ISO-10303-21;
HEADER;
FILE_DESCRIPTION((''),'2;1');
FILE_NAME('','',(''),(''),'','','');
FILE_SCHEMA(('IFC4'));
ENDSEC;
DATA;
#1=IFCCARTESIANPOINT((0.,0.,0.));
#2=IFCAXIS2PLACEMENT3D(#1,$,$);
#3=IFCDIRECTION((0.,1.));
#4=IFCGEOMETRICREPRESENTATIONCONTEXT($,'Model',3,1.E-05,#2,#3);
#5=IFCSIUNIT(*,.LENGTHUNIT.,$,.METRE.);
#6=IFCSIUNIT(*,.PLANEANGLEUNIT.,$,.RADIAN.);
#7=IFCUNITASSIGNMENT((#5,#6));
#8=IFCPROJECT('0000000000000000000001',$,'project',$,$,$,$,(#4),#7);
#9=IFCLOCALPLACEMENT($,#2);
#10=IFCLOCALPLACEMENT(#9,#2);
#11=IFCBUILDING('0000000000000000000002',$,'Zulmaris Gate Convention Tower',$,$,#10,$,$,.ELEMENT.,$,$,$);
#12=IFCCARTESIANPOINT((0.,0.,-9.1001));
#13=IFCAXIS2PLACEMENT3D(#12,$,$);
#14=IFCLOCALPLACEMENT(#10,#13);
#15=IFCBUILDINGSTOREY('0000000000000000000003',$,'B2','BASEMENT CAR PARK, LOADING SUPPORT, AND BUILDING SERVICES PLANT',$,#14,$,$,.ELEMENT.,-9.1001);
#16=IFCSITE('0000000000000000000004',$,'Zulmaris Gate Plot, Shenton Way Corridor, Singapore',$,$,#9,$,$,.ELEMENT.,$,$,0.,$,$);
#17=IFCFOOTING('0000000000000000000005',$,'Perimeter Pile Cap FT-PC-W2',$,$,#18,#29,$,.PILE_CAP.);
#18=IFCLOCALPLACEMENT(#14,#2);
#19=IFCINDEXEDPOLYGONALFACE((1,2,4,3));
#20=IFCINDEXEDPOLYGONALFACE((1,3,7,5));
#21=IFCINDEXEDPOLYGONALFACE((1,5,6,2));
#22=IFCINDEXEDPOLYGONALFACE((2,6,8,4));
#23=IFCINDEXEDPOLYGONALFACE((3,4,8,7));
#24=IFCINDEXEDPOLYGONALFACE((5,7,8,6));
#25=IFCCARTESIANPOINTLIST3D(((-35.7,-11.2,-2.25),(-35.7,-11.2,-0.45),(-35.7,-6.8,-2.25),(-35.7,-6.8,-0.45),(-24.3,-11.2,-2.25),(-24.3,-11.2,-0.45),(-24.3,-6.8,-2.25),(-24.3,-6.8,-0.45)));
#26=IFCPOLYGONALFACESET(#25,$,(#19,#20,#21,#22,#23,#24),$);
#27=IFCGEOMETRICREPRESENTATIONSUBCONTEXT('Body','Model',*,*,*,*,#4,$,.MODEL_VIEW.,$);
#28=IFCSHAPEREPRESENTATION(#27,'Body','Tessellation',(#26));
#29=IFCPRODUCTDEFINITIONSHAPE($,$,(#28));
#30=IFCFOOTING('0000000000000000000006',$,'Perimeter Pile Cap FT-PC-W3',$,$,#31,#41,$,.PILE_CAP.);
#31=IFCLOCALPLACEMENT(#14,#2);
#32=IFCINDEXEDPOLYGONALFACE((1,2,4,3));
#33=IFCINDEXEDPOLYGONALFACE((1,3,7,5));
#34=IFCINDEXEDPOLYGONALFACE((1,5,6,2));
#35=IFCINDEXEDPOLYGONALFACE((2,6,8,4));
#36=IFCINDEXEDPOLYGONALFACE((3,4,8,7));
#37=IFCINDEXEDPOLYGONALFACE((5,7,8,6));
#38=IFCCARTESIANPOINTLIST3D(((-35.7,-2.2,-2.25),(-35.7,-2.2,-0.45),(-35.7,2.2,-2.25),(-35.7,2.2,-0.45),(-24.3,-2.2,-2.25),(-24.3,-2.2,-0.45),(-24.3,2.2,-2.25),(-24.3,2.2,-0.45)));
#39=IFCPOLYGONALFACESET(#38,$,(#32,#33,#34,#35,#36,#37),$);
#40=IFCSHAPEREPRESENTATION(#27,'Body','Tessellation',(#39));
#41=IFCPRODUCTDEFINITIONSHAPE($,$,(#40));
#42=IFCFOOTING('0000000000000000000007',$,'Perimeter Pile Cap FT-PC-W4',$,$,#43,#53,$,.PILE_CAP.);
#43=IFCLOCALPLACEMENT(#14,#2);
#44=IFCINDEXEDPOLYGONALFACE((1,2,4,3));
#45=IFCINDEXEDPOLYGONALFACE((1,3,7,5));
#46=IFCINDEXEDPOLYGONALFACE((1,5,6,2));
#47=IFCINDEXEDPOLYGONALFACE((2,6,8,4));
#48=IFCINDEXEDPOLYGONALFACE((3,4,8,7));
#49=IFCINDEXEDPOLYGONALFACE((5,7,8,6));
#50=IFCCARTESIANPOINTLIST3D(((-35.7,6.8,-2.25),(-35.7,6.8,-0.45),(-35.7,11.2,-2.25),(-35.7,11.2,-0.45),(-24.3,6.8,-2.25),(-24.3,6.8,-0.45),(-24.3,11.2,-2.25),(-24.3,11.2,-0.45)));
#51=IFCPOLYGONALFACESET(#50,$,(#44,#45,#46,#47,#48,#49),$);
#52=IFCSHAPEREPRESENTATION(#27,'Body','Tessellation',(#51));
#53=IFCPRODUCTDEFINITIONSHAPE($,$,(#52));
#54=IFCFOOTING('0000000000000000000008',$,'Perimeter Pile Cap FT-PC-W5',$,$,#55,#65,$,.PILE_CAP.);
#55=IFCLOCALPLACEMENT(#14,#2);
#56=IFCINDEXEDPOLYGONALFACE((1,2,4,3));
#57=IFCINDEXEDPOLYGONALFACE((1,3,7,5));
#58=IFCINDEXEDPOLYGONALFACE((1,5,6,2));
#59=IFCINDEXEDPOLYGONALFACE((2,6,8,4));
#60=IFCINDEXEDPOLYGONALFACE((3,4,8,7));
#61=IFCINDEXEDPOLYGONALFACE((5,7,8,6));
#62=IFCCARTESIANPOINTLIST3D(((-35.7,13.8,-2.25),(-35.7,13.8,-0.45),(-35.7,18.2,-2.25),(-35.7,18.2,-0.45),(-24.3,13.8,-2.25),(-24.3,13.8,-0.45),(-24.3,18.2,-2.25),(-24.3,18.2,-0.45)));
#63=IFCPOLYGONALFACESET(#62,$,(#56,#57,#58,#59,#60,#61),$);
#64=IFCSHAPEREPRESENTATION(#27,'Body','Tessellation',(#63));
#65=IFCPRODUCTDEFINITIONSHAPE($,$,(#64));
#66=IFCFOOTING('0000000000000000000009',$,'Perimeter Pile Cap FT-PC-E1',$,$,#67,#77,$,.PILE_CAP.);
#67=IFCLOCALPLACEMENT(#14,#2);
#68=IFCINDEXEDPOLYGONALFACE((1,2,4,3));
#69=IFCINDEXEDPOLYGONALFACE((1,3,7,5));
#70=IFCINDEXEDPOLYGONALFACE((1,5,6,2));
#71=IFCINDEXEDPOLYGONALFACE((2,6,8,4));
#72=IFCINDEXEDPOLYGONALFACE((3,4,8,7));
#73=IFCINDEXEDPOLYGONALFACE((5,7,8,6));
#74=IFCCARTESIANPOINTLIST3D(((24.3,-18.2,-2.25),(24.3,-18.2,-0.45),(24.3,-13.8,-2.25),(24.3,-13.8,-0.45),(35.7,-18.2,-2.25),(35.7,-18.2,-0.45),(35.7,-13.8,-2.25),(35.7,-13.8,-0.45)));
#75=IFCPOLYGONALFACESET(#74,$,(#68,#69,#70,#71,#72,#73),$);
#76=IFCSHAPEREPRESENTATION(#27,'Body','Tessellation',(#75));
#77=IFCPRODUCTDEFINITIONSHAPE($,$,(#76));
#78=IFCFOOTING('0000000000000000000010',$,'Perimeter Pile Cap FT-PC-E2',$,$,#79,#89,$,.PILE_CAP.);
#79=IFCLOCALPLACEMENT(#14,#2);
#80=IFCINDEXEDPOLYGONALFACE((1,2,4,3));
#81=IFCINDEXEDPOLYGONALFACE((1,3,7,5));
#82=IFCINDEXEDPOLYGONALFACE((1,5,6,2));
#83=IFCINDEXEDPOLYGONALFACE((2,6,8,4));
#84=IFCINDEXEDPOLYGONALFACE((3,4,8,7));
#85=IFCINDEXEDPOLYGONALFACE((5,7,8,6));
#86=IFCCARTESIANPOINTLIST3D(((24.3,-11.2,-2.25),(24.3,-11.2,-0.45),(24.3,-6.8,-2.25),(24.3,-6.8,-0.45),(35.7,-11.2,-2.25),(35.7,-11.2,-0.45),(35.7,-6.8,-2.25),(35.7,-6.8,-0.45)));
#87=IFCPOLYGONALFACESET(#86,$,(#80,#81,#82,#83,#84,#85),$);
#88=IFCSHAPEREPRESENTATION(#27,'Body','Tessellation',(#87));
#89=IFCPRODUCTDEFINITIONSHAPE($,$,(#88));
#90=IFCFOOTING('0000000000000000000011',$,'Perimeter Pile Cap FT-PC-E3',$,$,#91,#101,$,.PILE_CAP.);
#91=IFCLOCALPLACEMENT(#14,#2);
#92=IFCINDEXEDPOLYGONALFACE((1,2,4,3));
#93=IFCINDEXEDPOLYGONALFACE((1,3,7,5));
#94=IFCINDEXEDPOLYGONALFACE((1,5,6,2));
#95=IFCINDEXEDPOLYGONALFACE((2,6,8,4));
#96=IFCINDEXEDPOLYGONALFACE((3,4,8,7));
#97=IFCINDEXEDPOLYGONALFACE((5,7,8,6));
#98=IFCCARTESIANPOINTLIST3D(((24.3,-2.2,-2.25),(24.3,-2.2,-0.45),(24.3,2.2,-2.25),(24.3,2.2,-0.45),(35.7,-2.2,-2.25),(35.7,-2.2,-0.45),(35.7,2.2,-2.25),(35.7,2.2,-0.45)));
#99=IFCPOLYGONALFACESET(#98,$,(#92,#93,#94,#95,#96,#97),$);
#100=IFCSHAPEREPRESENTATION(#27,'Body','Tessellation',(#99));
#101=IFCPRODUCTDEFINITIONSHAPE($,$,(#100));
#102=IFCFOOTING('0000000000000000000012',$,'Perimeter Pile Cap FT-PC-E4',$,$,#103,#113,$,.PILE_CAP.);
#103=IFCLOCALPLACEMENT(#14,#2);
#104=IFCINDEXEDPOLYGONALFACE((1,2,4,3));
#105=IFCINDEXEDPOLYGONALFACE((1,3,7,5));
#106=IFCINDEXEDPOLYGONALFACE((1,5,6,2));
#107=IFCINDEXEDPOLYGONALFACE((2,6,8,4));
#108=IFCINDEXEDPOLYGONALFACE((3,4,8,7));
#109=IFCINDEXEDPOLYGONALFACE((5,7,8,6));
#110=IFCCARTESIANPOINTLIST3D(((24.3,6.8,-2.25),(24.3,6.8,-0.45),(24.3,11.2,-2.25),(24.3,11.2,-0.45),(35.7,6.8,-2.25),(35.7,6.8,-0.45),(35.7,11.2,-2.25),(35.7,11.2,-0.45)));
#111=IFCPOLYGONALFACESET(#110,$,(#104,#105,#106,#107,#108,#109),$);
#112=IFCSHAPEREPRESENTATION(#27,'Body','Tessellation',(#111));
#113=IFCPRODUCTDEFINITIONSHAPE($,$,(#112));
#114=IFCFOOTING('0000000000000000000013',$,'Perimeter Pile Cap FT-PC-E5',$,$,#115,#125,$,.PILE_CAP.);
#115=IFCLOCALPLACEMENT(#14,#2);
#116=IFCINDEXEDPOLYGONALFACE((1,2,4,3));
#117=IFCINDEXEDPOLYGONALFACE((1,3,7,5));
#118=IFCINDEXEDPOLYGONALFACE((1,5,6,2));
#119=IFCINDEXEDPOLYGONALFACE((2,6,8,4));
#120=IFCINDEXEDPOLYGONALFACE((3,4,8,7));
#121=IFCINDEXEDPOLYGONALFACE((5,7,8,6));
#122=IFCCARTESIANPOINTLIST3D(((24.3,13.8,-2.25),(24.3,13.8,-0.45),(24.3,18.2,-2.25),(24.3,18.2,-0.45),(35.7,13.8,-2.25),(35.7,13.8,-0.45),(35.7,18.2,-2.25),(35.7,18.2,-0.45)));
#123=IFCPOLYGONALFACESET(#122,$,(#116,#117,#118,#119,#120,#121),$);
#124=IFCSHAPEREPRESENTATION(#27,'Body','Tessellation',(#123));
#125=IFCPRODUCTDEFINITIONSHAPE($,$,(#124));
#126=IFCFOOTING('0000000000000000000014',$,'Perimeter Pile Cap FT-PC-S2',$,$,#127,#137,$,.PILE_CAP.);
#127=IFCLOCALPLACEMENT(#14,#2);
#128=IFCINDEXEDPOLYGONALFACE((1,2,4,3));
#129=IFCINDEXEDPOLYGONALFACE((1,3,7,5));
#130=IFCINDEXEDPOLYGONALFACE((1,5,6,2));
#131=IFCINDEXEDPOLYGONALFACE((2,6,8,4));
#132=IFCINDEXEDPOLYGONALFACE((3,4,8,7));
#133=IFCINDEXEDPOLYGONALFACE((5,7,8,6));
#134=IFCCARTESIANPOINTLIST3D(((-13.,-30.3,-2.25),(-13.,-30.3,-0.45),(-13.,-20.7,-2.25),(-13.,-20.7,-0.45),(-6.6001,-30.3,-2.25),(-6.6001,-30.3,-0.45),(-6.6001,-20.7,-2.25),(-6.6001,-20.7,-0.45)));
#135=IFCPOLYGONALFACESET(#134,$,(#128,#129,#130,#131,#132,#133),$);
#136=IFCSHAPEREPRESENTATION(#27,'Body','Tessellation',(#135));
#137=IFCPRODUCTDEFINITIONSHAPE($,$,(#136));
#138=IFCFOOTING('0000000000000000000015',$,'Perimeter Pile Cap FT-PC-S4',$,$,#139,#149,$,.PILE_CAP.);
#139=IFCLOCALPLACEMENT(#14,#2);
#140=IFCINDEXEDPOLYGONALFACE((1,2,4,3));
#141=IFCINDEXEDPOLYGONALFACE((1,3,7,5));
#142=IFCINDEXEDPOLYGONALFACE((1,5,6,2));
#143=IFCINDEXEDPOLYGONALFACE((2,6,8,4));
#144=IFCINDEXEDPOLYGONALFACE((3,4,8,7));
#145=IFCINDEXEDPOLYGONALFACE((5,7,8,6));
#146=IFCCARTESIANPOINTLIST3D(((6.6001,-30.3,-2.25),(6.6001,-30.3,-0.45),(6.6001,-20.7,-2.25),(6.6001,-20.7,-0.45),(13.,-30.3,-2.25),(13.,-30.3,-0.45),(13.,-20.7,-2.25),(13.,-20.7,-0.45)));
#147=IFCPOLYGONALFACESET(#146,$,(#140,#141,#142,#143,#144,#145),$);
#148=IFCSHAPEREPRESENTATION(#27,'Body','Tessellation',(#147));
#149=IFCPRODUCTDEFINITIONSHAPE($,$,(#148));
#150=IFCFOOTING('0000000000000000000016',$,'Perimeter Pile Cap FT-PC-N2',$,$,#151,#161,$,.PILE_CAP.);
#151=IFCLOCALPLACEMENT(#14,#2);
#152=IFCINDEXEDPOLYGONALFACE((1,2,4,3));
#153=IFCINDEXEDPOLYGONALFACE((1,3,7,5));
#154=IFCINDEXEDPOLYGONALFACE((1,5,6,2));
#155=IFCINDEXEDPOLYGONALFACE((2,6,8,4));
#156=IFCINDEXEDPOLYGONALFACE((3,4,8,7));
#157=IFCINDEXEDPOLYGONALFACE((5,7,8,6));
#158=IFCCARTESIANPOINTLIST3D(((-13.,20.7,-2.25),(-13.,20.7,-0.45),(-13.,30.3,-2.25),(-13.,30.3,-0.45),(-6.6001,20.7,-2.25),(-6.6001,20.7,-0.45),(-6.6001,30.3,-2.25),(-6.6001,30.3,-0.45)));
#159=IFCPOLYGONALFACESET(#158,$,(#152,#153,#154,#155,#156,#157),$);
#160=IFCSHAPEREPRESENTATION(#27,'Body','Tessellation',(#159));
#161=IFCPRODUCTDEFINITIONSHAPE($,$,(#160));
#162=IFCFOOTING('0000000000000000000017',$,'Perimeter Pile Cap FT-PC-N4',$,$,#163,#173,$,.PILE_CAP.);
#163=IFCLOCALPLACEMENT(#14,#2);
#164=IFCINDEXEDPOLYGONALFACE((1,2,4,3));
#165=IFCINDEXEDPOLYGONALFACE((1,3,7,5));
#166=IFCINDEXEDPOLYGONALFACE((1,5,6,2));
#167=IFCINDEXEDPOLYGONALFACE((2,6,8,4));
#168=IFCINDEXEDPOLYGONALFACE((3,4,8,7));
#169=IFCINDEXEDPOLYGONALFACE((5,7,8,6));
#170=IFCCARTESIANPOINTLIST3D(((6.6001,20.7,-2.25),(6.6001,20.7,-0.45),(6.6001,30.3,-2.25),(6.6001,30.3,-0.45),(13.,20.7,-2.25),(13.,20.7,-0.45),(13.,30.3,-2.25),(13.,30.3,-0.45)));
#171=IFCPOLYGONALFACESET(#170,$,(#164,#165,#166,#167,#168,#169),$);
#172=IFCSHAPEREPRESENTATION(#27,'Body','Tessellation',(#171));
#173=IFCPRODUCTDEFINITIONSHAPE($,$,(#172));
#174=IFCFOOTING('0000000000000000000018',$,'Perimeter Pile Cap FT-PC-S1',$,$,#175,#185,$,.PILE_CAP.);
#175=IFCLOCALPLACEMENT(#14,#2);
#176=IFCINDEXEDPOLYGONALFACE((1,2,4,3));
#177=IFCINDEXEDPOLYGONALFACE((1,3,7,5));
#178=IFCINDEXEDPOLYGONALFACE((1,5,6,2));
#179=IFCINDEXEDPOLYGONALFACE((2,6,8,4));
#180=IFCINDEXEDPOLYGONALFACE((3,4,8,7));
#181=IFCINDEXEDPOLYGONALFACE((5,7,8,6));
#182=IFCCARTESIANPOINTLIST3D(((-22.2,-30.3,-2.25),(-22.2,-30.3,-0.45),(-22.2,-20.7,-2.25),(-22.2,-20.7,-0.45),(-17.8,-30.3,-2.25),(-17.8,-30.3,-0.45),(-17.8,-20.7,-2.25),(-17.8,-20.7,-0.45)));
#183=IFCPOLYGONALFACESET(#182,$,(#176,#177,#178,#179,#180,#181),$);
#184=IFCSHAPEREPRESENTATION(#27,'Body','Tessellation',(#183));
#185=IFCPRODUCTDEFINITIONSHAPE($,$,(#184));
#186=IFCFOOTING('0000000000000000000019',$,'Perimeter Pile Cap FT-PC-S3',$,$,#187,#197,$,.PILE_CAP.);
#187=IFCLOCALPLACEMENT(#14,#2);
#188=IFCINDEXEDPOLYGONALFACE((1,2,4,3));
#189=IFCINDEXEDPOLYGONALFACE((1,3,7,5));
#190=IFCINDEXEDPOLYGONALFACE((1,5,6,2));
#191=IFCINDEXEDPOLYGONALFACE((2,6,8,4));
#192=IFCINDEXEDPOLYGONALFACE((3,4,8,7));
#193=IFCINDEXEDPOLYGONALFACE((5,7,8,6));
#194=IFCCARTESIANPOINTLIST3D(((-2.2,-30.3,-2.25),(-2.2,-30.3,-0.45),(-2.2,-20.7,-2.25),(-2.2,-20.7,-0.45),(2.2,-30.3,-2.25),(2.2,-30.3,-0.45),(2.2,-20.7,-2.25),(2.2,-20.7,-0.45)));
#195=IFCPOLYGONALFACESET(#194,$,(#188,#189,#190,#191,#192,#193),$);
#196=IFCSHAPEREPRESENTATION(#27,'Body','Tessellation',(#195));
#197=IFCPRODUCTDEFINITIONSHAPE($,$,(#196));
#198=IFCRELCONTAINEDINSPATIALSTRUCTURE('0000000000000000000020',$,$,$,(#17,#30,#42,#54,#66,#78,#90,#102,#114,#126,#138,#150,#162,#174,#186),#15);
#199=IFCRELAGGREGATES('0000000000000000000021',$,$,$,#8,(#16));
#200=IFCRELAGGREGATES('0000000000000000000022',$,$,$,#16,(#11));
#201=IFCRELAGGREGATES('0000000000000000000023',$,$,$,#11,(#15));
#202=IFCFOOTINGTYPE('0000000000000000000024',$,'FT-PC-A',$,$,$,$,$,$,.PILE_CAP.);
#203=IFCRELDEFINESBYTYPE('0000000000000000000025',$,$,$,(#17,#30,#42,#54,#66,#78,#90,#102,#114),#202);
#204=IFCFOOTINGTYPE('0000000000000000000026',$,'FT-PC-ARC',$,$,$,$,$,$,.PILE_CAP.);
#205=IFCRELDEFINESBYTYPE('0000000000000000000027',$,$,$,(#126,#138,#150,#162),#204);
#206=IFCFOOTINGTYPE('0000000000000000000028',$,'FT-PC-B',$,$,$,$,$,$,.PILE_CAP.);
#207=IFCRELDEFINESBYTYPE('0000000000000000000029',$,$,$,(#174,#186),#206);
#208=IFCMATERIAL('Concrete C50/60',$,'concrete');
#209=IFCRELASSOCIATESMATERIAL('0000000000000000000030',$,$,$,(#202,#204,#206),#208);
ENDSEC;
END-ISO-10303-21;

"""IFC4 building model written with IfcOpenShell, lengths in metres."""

from ifc_helpers import new_model, si_unit, direction, frame, origin, place, context, subcontext, project, spatial, polyline, outline, extrude, material, type_object, element, save


model = new_model("IFC4")

# Units and contexts
model_context = context("Model", 3, precision=1e-05, world=origin(), true_north=direction((0.0, 1.0)))
body_context = subcontext(model_context, "Body", "Model", "MODEL_VIEW")
ifc_project = project(units=[si_unit("LENGTHUNIT", "METRE"), si_unit("PLANEANGLEUNIT", "RADIAN")], contexts=[model_context])

# Site, building, storey
site_placement = place(None, origin())
site = spatial("IfcSite", under=ifc_project, at=site_placement, Name="Zulmaris Gate Plot, Shenton Way Corridor, Singapore", CompositionType="ELEMENT", RefElevation=0.0)
building_placement = place(site_placement, origin())
building = spatial("IfcBuilding", under=site, at=building_placement, Name="Zulmaris Gate Convention Tower", CompositionType="ELEMENT")
storey_placement = place(building_placement, frame((0.0, 0.0, -9.1001)))
storey = spatial("IfcBuildingStorey", under=building, at=storey_placement, Name="B2", Description="BASEMENT CAR PARK, LOADING SUPPORT, AND BUILDING SERVICES PLANT", CompositionType="ELEMENT", Elevation=-9.1001)

# Footings
ifc_material = material(Name="Concrete C50/60", Category="concrete")
footing_type_1 = type_object("IfcFootingType", Name="FT-PC-A", PredefinedType="PILE_CAP", material=ifc_material)
footing_1_placement = place(storey_placement, frame((0.0, 0.0, -2.25)))
element("IfcFooting", 1, at=footing_1_placement, inside=storey, type_object=footing_type_1, Name="Perimeter Pile Cap FT-PC-W2", PredefinedType="PILE_CAP", context=body_context, shape_type="SweptSolid", body=[
    extrude(outline(polyline([(-35.7, -11.2), (-24.3, -11.2), (-24.3, -6.8), (-35.7, -6.8), (-35.7, -11.2)])), origin(), (0.0, 0.0, 1.0), 1.8),
])
footing_2_placement = place(storey_placement, frame((0.0, 0.0, -2.25)))
element("IfcFooting", 2, at=footing_2_placement, inside=storey, type_object=footing_type_1, Name="Perimeter Pile Cap FT-PC-W3", PredefinedType="PILE_CAP", context=body_context, shape_type="SweptSolid", body=[
    extrude(outline(polyline([(-35.7, -2.2), (-24.3, -2.2), (-24.3, 2.2), (-35.7, 2.2), (-35.7, -2.2)])), origin(), (0.0, 0.0, 1.0), 1.8),
])
footing_3_placement = place(storey_placement, frame((0.0, 0.0, -2.25)))
element("IfcFooting", 3, at=footing_3_placement, inside=storey, type_object=footing_type_1, Name="Perimeter Pile Cap FT-PC-W4", PredefinedType="PILE_CAP", context=body_context, shape_type="SweptSolid", body=[
    extrude(outline(polyline([(-35.7, 6.8), (-24.3, 6.8), (-24.3, 11.2), (-35.7, 11.2), (-35.7, 6.8)])), origin(), (0.0, 0.0, 1.0), 1.8),
])
footing_4_placement = place(storey_placement, frame((0.0, 0.0, -2.25)))
element("IfcFooting", 4, at=footing_4_placement, inside=storey, type_object=footing_type_1, Name="Perimeter Pile Cap FT-PC-W5", PredefinedType="PILE_CAP", context=body_context, shape_type="SweptSolid", body=[
    extrude(outline(polyline([(-35.7, 13.8), (-24.3, 13.8), (-24.3, 18.2), (-35.7, 18.2), (-35.7, 13.8)])), origin(), (0.0, 0.0, 1.0), 1.8),
])
footing_5_placement = place(storey_placement, frame((0.0, 0.0, -2.25)))
element("IfcFooting", 5, at=footing_5_placement, inside=storey, type_object=footing_type_1, Name="Perimeter Pile Cap FT-PC-E1", PredefinedType="PILE_CAP", context=body_context, shape_type="SweptSolid", body=[
    extrude(outline(polyline([(24.3, -18.2), (35.7, -18.2), (35.7, -13.8), (24.3, -13.8), (24.3, -18.2)])), origin(), (0.0, 0.0, 1.0), 1.8),
])
footing_6_placement = place(storey_placement, frame((0.0, 0.0, -2.25)))
element("IfcFooting", 6, at=footing_6_placement, inside=storey, type_object=footing_type_1, Name="Perimeter Pile Cap FT-PC-E2", PredefinedType="PILE_CAP", context=body_context, shape_type="SweptSolid", body=[
    extrude(outline(polyline([(24.3, -11.2), (35.7, -11.2), (35.7, -6.8), (24.3, -6.8), (24.3, -11.2)])), origin(), (0.0, 0.0, 1.0), 1.8),
])
footing_7_placement = place(storey_placement, frame((0.0, 0.0, -2.25)))
element("IfcFooting", 7, at=footing_7_placement, inside=storey, type_object=footing_type_1, Name="Perimeter Pile Cap FT-PC-E3", PredefinedType="PILE_CAP", context=body_context, shape_type="SweptSolid", body=[
    extrude(outline(polyline([(24.3, -2.2), (35.7, -2.2), (35.7, 2.2), (24.3, 2.2), (24.3, -2.2)])), origin(), (0.0, 0.0, 1.0), 1.8),
])
footing_8_placement = place(storey_placement, frame((0.0, 0.0, -2.25)))
element("IfcFooting", 8, at=footing_8_placement, inside=storey, type_object=footing_type_1, Name="Perimeter Pile Cap FT-PC-E4", PredefinedType="PILE_CAP", context=body_context, shape_type="SweptSolid", body=[
    extrude(outline(polyline([(24.3, 6.8), (35.7, 6.8), (35.7, 11.2), (24.3, 11.2), (24.3, 6.8)])), origin(), (0.0, 0.0, 1.0), 1.8),
])
footing_9_placement = place(storey_placement, frame((0.0, 0.0, -2.25)))
element("IfcFooting", 9, at=footing_9_placement, inside=storey, type_object=footing_type_1, Name="Perimeter Pile Cap FT-PC-E5", PredefinedType="PILE_CAP", context=body_context, shape_type="SweptSolid", body=[
    extrude(outline(polyline([(24.3, 13.8), (35.7, 13.8), (35.7, 18.2), (24.3, 18.2), (24.3, 13.8)])), origin(), (0.0, 0.0, 1.0), 1.8),
])
footing_type_2 = type_object("IfcFootingType", Name="FT-PC-ARC", PredefinedType="PILE_CAP", material=ifc_material)
footing_10_placement = place(storey_placement, frame((0.0, 0.0, -2.25)))
element("IfcFooting", 10, at=footing_10_placement, inside=storey, type_object=footing_type_2, Name="Perimeter Pile Cap FT-PC-S2", PredefinedType="PILE_CAP", context=body_context, shape_type="SweptSolid", body=[
    extrude(outline(polyline([(-13.0, -30.3), (-6.6001, -30.3), (-6.6001, -20.7), (-13.0, -20.7), (-13.0, -30.3)])), origin(), (0.0, 0.0, 1.0), 1.8),
])
footing_11_placement = place(storey_placement, frame((0.0, 0.0, -2.25)))
element("IfcFooting", 11, at=footing_11_placement, inside=storey, type_object=footing_type_2, Name="Perimeter Pile Cap FT-PC-S4", PredefinedType="PILE_CAP", context=body_context, shape_type="SweptSolid", body=[
    extrude(outline(polyline([(6.6001, -30.3), (13.0, -30.3), (13.0, -20.7), (6.6001, -20.7), (6.6001, -30.3)])), origin(), (0.0, 0.0, 1.0), 1.8),
])
footing_12_placement = place(storey_placement, frame((0.0, 0.0, -2.25)))
element("IfcFooting", 12, at=footing_12_placement, inside=storey, type_object=footing_type_2, Name="Perimeter Pile Cap FT-PC-N2", PredefinedType="PILE_CAP", context=body_context, shape_type="SweptSolid", body=[
    extrude(outline(polyline([(-13.0, 20.7), (-6.6001, 20.7), (-6.6001, 30.3), (-13.0, 30.3), (-13.0, 20.7)])), origin(), (0.0, 0.0, 1.0), 1.8),
])
footing_13_placement = place(storey_placement, frame((0.0, 0.0, -2.25)))
element("IfcFooting", 13, at=footing_13_placement, inside=storey, type_object=footing_type_2, Name="Perimeter Pile Cap FT-PC-N4", PredefinedType="PILE_CAP", context=body_context, shape_type="SweptSolid", body=[
    extrude(outline(polyline([(6.6001, 20.7), (13.0, 20.7), (13.0, 30.3), (6.6001, 30.3), (6.6001, 20.7)])), origin(), (0.0, 0.0, 1.0), 1.8),
])
footing_type_3 = type_object("IfcFootingType", Name="FT-PC-B", PredefinedType="PILE_CAP", material=ifc_material)
footing_14_placement = place(storey_placement, frame((0.0, 0.0, -2.25)))
element("IfcFooting", 14, at=footing_14_placement, inside=storey, type_object=footing_type_3, Name="Perimeter Pile Cap FT-PC-S1", PredefinedType="PILE_CAP", context=body_context, shape_type="SweptSolid", body=[
    extrude(outline(polyline([(-22.2, -30.3), (-17.8, -30.3), (-17.8, -20.7), (-22.2, -20.7), (-22.2, -30.3)])), origin(), (0.0, 0.0, 1.0), 1.8),
])
footing_15_placement = place(storey_placement, frame((0.0, 0.0, -2.25)))
element("IfcFooting", 15, at=footing_15_placement, inside=storey, type_object=footing_type_3, Name="Perimeter Pile Cap FT-PC-S3", PredefinedType="PILE_CAP", context=body_context, shape_type="SweptSolid", body=[
    extrude(outline(polyline([(-2.2, -30.3), (2.2, -30.3), (2.2, -20.7), (-2.2, -20.7), (-2.2, -30.3)])), origin(), (0.0, 0.0, 1.0), 1.8),
])

save(model, "model.ifc")
